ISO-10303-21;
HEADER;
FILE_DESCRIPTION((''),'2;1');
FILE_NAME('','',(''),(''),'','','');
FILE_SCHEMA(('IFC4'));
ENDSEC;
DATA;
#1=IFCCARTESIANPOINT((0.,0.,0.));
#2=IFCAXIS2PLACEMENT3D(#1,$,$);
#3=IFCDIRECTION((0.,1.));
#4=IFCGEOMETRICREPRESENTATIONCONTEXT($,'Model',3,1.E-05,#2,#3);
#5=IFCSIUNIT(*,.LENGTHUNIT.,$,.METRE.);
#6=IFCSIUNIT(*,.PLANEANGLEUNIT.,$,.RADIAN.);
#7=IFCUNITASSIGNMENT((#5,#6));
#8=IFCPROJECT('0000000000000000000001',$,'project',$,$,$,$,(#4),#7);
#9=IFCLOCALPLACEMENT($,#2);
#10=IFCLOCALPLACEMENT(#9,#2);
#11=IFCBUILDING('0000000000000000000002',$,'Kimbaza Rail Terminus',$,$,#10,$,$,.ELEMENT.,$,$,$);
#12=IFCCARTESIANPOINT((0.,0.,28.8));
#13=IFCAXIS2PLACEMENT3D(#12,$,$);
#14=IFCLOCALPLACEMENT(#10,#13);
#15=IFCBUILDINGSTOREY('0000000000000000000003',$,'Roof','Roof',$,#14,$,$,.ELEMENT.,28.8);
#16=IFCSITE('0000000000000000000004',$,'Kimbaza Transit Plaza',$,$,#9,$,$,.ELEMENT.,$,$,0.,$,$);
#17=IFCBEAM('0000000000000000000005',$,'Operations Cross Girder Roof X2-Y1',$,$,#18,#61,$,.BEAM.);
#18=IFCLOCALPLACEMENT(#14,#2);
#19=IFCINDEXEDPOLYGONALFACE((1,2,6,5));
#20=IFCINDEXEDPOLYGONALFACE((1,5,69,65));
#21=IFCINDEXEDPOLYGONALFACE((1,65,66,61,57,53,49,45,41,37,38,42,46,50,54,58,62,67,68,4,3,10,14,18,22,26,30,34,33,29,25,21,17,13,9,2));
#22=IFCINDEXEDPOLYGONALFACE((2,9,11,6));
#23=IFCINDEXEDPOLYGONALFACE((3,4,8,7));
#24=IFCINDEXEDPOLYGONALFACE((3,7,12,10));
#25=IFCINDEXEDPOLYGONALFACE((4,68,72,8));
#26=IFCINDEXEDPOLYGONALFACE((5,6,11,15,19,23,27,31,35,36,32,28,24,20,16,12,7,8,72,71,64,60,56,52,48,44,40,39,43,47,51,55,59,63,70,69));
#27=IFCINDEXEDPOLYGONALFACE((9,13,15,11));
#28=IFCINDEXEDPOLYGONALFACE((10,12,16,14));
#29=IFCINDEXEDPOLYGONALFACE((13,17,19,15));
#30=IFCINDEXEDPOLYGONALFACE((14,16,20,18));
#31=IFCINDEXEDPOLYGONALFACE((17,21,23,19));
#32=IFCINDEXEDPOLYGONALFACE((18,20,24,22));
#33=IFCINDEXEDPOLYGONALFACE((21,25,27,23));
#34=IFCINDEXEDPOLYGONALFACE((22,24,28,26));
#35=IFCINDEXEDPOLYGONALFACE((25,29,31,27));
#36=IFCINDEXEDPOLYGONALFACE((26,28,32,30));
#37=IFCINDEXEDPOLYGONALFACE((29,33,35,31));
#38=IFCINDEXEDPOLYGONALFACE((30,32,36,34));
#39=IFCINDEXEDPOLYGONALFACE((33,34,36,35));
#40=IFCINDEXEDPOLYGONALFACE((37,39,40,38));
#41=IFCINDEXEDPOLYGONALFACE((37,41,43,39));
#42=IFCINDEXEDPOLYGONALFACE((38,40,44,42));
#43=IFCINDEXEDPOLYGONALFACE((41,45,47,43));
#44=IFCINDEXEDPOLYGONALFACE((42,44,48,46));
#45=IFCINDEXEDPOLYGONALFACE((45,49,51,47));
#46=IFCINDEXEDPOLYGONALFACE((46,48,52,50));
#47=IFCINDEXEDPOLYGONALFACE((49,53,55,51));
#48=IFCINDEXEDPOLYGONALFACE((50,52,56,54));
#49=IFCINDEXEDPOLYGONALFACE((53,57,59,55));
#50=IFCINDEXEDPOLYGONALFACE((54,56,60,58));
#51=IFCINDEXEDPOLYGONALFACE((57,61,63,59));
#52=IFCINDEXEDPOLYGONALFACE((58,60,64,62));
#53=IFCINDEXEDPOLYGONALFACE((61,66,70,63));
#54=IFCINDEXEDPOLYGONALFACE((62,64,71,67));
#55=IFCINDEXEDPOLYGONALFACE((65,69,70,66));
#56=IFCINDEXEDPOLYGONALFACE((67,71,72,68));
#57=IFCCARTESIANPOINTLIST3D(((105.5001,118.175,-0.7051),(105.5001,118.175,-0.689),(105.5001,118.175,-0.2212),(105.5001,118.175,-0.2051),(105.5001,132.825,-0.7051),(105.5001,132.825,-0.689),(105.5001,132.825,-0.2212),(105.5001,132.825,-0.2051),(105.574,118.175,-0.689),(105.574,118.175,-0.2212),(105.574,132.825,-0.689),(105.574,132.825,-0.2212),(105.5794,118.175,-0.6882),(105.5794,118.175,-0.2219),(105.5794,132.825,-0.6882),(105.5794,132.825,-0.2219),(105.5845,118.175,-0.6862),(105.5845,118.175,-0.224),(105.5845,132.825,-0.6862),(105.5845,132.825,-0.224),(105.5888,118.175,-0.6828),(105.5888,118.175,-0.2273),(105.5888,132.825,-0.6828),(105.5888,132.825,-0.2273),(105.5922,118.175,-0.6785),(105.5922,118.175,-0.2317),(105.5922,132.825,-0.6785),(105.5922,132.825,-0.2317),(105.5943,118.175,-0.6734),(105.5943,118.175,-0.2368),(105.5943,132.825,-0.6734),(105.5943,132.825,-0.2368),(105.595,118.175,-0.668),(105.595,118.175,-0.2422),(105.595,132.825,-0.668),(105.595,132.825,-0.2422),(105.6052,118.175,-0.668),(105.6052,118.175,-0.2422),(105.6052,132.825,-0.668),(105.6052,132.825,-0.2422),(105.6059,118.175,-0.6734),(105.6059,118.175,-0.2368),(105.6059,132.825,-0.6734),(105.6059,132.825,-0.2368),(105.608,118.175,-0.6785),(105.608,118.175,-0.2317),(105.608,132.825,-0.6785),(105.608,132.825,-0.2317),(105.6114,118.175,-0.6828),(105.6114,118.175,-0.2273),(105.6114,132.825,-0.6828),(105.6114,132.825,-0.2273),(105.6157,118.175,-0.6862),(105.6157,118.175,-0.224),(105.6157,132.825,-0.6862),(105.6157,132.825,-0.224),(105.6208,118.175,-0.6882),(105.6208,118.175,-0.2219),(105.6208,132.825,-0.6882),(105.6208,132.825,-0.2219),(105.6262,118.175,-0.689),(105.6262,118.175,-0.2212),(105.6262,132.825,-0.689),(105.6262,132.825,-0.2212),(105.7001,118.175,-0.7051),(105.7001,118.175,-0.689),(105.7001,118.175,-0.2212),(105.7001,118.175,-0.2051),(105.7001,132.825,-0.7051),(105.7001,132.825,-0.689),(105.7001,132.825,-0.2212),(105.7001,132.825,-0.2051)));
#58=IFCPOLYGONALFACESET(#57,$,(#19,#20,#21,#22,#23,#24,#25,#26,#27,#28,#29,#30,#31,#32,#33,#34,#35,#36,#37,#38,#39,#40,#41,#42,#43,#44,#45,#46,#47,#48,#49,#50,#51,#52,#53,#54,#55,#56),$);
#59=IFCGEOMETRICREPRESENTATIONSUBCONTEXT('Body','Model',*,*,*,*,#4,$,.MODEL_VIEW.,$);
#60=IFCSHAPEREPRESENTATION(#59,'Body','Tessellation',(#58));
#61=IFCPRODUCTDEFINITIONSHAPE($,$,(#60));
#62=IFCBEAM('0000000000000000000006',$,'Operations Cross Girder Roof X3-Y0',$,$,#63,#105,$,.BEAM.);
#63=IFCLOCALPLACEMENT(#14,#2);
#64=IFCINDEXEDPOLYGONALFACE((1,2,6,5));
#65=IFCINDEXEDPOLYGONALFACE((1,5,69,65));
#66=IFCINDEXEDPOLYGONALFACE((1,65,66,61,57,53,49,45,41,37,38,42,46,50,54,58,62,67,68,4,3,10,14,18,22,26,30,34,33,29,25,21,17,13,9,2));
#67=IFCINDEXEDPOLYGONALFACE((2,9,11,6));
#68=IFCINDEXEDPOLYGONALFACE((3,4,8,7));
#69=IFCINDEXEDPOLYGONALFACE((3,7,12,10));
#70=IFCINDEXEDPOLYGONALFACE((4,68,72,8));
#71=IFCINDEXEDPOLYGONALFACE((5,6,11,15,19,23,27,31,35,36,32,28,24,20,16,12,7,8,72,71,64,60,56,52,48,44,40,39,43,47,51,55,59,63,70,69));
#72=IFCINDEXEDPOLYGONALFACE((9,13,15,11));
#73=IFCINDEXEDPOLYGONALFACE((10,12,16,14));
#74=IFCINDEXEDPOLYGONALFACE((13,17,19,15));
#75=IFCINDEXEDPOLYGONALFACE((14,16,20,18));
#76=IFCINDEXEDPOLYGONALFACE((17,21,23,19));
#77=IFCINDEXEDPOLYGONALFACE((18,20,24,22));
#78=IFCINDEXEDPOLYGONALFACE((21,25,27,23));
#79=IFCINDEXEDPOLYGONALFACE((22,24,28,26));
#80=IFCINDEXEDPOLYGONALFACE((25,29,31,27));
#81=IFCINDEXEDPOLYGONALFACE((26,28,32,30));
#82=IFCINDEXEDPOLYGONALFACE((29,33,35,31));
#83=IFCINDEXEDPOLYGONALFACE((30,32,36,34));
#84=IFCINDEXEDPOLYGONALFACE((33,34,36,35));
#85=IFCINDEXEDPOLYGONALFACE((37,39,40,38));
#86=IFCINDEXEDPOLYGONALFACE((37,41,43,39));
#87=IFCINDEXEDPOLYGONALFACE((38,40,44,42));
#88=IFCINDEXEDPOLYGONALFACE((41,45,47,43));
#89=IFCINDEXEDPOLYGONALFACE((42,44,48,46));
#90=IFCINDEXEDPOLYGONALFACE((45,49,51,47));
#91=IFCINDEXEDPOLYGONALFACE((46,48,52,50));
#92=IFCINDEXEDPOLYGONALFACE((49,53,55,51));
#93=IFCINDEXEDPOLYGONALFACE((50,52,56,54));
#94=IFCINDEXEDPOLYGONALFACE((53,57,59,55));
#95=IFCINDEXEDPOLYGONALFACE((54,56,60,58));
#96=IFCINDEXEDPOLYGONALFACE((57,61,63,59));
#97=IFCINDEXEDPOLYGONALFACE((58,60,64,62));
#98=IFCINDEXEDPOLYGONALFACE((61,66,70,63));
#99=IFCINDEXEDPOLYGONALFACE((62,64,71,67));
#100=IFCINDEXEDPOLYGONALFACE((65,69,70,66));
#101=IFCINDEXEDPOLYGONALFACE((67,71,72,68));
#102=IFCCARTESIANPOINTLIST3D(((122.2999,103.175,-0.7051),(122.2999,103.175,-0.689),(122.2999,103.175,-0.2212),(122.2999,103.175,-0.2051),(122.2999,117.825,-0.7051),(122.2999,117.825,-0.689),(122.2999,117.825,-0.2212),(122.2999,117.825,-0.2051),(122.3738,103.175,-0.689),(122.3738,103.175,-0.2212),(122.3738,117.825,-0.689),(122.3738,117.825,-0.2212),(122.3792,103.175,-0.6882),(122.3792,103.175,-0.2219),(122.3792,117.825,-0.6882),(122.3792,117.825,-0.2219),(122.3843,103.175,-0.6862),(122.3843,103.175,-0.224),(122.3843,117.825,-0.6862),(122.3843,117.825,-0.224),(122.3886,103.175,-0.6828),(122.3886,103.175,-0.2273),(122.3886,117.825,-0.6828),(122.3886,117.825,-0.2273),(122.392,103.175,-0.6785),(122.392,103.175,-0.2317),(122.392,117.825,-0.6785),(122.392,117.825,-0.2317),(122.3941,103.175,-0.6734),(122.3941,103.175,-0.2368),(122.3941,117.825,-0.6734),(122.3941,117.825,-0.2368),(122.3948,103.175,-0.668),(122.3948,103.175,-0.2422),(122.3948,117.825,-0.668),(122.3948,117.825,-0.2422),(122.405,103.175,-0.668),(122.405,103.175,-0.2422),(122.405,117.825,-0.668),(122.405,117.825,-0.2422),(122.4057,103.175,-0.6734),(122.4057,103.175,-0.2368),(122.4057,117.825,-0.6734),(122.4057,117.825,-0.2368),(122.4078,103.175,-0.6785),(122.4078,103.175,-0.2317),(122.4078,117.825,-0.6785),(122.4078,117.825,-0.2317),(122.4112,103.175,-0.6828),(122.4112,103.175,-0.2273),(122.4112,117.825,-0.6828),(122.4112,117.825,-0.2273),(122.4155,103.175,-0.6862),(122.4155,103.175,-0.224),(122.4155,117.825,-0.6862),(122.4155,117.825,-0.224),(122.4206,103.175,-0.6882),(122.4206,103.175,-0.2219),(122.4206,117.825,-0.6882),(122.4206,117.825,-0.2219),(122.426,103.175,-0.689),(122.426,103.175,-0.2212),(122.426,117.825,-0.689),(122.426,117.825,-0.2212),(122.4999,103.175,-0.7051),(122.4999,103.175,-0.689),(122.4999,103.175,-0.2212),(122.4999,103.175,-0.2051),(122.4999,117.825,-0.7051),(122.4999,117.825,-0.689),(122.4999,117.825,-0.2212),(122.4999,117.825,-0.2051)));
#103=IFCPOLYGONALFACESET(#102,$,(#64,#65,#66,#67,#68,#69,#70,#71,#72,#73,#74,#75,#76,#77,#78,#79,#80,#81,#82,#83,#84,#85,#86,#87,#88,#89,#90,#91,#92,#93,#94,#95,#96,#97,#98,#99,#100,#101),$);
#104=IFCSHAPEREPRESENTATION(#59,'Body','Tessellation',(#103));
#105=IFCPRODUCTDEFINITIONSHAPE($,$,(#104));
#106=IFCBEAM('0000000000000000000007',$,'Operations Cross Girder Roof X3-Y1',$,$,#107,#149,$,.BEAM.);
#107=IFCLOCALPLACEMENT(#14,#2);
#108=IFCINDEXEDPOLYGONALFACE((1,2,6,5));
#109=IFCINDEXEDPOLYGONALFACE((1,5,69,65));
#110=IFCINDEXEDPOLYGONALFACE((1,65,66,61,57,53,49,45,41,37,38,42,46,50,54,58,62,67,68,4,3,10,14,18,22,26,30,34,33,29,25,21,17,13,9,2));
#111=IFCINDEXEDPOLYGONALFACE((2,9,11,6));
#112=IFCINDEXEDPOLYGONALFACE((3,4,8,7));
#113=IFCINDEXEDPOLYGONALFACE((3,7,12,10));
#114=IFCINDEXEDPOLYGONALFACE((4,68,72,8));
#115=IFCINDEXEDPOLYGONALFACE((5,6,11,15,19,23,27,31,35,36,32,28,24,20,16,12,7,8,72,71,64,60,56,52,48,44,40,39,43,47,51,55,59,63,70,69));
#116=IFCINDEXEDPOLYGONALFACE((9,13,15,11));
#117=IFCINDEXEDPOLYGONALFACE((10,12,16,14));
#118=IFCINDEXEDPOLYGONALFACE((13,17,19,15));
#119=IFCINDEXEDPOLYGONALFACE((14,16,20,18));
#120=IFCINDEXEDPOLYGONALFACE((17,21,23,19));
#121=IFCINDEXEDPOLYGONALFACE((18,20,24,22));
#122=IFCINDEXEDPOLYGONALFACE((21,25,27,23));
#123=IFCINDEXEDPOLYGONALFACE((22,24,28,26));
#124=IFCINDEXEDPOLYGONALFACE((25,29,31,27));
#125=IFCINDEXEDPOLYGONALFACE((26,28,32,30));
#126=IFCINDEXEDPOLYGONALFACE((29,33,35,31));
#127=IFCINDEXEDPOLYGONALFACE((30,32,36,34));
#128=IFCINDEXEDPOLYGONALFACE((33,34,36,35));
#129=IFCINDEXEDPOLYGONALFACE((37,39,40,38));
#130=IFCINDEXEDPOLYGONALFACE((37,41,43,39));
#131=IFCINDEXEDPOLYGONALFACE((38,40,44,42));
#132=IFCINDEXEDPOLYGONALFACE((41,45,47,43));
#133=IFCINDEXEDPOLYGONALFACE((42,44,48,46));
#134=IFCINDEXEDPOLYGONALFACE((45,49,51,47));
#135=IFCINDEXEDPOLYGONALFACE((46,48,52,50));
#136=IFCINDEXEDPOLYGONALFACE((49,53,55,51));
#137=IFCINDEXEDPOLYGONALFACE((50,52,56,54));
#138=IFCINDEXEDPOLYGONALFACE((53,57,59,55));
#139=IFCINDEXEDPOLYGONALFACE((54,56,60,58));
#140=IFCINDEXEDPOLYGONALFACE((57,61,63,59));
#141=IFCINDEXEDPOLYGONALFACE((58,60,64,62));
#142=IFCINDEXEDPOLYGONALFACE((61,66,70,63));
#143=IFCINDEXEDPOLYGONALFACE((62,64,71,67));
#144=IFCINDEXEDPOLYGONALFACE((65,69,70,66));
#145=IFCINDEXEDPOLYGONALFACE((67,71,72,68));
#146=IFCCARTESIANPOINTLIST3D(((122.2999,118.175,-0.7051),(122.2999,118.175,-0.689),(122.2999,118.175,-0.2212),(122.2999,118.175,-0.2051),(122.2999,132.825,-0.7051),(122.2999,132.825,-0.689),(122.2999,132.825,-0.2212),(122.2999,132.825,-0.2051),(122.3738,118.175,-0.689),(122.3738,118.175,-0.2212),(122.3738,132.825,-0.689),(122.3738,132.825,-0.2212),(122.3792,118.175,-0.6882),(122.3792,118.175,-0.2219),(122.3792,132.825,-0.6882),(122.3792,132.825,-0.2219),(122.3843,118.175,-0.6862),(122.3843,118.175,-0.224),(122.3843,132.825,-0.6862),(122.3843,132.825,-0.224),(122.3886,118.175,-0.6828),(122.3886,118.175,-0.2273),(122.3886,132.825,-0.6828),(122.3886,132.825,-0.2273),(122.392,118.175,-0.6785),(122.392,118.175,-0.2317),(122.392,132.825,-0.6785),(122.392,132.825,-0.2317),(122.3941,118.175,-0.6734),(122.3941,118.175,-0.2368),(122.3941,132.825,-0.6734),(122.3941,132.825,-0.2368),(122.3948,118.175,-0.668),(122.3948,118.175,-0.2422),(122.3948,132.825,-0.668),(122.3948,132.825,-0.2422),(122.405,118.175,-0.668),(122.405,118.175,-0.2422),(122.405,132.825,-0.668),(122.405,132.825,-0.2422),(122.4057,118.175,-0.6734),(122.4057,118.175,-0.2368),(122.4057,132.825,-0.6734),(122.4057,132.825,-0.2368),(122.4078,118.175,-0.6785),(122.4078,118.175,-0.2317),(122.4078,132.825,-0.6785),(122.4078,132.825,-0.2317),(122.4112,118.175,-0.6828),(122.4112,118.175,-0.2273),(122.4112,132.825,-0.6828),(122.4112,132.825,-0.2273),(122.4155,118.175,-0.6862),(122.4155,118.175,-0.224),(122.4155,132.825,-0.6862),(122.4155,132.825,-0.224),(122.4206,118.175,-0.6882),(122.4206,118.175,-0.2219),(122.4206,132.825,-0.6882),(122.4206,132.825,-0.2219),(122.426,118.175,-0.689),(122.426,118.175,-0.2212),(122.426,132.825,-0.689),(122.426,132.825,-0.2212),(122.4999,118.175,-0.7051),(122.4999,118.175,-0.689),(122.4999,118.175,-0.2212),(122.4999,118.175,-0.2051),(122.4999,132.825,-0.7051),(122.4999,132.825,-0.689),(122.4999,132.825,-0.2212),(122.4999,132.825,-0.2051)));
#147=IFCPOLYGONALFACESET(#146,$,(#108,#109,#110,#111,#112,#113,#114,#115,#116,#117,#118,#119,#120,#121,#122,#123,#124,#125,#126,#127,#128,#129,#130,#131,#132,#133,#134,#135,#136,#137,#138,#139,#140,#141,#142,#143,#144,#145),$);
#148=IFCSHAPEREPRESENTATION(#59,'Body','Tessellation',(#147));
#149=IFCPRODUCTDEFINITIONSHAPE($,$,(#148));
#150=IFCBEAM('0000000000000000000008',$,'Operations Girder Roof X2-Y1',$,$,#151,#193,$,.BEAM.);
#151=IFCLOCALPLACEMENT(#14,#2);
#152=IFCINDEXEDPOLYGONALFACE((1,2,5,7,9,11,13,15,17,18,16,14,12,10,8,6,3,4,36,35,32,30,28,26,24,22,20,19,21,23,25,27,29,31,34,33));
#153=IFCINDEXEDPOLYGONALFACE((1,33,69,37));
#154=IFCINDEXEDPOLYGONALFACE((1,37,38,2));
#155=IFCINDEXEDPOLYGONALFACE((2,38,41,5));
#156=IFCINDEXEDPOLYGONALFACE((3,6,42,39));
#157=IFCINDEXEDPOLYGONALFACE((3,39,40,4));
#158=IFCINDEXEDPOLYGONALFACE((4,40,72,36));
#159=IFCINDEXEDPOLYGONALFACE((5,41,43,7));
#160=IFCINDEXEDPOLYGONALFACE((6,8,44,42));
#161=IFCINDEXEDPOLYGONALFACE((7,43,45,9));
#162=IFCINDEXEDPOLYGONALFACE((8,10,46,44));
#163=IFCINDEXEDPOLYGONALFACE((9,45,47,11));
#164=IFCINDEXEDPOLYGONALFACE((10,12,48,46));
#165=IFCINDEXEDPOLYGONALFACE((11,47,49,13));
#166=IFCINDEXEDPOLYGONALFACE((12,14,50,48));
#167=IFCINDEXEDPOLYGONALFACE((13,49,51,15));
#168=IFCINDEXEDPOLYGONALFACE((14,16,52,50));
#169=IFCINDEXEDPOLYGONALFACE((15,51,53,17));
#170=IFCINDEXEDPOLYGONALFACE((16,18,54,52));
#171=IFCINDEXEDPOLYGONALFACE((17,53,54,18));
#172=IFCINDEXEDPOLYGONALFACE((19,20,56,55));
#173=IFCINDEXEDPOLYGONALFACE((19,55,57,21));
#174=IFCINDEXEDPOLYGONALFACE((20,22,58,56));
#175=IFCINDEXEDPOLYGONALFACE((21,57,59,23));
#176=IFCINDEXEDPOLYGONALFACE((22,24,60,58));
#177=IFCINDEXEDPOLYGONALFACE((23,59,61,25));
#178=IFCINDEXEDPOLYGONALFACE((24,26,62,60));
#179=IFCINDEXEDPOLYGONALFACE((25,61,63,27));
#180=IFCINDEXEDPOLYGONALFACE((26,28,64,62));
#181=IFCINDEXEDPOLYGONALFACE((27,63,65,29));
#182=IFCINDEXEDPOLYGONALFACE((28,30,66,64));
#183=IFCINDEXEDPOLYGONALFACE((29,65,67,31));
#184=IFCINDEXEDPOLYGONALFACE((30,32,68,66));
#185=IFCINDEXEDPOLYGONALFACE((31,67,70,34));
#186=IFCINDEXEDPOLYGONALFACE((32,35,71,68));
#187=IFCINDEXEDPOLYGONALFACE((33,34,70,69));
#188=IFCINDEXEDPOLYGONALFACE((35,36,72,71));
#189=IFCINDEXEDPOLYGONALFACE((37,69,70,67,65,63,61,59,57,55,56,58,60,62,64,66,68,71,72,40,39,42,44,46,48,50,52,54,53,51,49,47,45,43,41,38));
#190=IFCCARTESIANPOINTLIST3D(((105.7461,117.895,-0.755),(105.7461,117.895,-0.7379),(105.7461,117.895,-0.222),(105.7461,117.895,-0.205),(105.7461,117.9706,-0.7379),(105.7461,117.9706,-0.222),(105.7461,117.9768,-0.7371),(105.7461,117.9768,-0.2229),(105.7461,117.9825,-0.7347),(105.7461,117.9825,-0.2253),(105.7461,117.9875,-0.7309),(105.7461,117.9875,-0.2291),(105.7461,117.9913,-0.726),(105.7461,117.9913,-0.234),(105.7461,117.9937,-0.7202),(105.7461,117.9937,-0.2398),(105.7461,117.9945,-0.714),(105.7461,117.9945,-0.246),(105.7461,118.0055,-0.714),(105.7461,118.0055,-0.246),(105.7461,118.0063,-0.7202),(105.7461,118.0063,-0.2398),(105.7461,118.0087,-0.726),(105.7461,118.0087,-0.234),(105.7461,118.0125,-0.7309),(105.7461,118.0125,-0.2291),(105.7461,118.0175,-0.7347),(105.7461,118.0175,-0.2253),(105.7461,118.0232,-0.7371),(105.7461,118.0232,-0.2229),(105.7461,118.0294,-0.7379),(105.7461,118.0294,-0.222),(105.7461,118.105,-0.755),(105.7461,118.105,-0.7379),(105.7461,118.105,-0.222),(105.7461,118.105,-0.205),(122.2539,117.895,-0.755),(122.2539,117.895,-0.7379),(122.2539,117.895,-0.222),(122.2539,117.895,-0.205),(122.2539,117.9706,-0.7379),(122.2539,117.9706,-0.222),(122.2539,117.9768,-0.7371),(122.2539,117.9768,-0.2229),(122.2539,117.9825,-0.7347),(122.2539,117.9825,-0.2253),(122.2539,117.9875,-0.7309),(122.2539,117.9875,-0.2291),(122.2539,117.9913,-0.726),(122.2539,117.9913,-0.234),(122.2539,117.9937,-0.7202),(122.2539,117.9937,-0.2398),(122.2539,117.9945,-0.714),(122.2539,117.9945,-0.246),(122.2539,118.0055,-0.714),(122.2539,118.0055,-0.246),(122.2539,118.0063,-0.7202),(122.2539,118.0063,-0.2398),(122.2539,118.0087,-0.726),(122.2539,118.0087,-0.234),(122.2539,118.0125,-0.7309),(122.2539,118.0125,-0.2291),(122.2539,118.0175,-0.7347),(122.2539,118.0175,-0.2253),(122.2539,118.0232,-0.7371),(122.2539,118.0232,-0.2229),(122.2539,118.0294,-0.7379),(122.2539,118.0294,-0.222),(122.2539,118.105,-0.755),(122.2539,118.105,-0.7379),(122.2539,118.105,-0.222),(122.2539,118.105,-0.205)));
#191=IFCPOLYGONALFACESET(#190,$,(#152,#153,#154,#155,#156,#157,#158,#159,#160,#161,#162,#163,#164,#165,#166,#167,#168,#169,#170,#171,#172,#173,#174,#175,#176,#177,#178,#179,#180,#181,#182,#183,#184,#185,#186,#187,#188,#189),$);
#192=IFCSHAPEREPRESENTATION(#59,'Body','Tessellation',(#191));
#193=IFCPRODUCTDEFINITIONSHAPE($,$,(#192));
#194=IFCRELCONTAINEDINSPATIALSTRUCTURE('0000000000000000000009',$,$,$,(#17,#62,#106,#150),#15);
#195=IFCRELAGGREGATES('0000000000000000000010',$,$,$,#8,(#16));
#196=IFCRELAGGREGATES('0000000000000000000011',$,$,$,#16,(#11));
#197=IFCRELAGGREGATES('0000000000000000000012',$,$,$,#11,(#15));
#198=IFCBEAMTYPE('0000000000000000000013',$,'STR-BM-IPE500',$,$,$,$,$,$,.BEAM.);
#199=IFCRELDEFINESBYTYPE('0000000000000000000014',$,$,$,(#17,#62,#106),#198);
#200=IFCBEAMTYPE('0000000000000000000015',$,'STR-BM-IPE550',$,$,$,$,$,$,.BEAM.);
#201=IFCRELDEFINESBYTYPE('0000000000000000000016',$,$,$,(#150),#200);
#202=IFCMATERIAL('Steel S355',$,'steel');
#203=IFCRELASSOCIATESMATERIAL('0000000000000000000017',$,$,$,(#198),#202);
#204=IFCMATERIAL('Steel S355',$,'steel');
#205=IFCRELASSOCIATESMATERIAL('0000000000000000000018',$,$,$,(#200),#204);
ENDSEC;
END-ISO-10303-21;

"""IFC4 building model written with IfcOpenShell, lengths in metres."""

from ifc_helpers import new_model, si_unit, direction, frame, origin, origin_2d, place, context, subcontext, project, spatial, i_section, extrude, material, material_profile, profile_set, type_object, element, save


model = new_model("IFC4")

# Units and contexts
model_context = context("Model", 3, precision=1e-05, world=origin(), true_north=direction((0.0, 1.0)))
body_context = subcontext(model_context, "Body", "Model", "MODEL_VIEW")
ifc_project = project(units=[si_unit("LENGTHUNIT", "METRE"), si_unit("PLANEANGLEUNIT", "RADIAN")], contexts=[model_context])

# Site, building, storey
site_placement = place(None, origin())
site = spatial("IfcSite", under=ifc_project, at=site_placement, Name="Kimbaza Transit Plaza", CompositionType="ELEMENT", RefElevation=0.0)
building_placement = place(site_placement, origin())
building = spatial("IfcBuilding", under=site, at=building_placement, Name="Kimbaza Rail Terminus", CompositionType="ELEMENT")
storey_placement = place(building_placement, frame((0.0, 0.0, 28.8)))
storey = spatial("IfcBuildingStorey", under=building, at=storey_placement, Name="Roof", Description="Roof", CompositionType="ELEMENT", Elevation=28.8)

# Beams
ifc_material_1 = material(Name="Steel S355", Category="steel")
ifc_material_profile_1 = material_profile(ifc_material_1, i_section(OverallWidth=0.2, OverallDepth=0.5, WebThickness=0.0103, FlangeThickness=0.0161, FilletRadius=0.021, at=origin_2d()), Name="IPE 500")
ifc_profile_set_1 = profile_set([ifc_material_profile_1], Name="Steel S355")
beam_type_1 = type_object("IfcBeamType", Name="STR-BM-IPE500", PredefinedType="BEAM", material=ifc_profile_set_1)
for number, where, z_axis, x_axis, name in (
    (1, (105.6001, 118.175, -0.4551), (0.0, 1.0, 0.0), (-1.0, 0.0, 0.0), "Operations Cross Girder Roof X2-Y1"),
    (2, (122.3999, 103.175, -0.4551), (0.0, 1.0, 0.0), (-1.0, 0.0, 0.0), "Operations Cross Girder Roof X3-Y0"),
    (3, (122.3999, 118.175, -0.4551), (0.0, 1.0, 0.0), (-1.0, 0.0, 0.0), "Operations Cross Girder Roof X3-Y1"),
):
    element("IfcBeam", number, at=place(storey_placement, frame(where, z_axis=z_axis, x_axis=x_axis)), inside=storey, type_object=beam_type_1, Name=name, PredefinedType="BEAM", context=body_context, shape_type="SweptSolid", body=[
        extrude(i_section(OverallWidth=0.2, OverallDepth=0.5, WebThickness=0.0103, FlangeThickness=0.0161, FilletRadius=0.021, at=origin_2d()), origin(), (0.0, 0.0, 1.0), 14.6499),
    ])
ifc_material_2 = material(Name="Steel S355", Category="steel")
ifc_material_profile_2 = material_profile(ifc_material_2, i_section(OverallWidth=0.21, OverallDepth=0.55, WebThickness=0.011, FlangeThickness=0.0171, FilletRadius=0.0239, at=origin_2d()), Name="IPE 550")
ifc_profile_set_2 = profile_set([ifc_material_profile_2], Name="Steel S355")
beam_type_2 = type_object("IfcBeamType", Name="STR-BM-IPE550", PredefinedType="BEAM", material=ifc_profile_set_2)
beam_1_placement = place(storey_placement, frame((105.7461, 118.0, -0.48), z_axis=(1.0, 0.0, 0.0), x_axis=(0.0, 1.0, 0.0)))
element("IfcBeam", 4, at=beam_1_placement, inside=storey, type_object=beam_type_2, Name="Operations Girder Roof X2-Y1", PredefinedType="BEAM", context=body_context, shape_type="SweptSolid", body=[
    extrude(i_section(OverallWidth=0.21, OverallDepth=0.55, WebThickness=0.011, FlangeThickness=0.0171, FilletRadius=0.0239, at=origin_2d()), origin(), (0.0, 0.0, 1.0), 16.5078),
])

save(model, "model.ifc")
